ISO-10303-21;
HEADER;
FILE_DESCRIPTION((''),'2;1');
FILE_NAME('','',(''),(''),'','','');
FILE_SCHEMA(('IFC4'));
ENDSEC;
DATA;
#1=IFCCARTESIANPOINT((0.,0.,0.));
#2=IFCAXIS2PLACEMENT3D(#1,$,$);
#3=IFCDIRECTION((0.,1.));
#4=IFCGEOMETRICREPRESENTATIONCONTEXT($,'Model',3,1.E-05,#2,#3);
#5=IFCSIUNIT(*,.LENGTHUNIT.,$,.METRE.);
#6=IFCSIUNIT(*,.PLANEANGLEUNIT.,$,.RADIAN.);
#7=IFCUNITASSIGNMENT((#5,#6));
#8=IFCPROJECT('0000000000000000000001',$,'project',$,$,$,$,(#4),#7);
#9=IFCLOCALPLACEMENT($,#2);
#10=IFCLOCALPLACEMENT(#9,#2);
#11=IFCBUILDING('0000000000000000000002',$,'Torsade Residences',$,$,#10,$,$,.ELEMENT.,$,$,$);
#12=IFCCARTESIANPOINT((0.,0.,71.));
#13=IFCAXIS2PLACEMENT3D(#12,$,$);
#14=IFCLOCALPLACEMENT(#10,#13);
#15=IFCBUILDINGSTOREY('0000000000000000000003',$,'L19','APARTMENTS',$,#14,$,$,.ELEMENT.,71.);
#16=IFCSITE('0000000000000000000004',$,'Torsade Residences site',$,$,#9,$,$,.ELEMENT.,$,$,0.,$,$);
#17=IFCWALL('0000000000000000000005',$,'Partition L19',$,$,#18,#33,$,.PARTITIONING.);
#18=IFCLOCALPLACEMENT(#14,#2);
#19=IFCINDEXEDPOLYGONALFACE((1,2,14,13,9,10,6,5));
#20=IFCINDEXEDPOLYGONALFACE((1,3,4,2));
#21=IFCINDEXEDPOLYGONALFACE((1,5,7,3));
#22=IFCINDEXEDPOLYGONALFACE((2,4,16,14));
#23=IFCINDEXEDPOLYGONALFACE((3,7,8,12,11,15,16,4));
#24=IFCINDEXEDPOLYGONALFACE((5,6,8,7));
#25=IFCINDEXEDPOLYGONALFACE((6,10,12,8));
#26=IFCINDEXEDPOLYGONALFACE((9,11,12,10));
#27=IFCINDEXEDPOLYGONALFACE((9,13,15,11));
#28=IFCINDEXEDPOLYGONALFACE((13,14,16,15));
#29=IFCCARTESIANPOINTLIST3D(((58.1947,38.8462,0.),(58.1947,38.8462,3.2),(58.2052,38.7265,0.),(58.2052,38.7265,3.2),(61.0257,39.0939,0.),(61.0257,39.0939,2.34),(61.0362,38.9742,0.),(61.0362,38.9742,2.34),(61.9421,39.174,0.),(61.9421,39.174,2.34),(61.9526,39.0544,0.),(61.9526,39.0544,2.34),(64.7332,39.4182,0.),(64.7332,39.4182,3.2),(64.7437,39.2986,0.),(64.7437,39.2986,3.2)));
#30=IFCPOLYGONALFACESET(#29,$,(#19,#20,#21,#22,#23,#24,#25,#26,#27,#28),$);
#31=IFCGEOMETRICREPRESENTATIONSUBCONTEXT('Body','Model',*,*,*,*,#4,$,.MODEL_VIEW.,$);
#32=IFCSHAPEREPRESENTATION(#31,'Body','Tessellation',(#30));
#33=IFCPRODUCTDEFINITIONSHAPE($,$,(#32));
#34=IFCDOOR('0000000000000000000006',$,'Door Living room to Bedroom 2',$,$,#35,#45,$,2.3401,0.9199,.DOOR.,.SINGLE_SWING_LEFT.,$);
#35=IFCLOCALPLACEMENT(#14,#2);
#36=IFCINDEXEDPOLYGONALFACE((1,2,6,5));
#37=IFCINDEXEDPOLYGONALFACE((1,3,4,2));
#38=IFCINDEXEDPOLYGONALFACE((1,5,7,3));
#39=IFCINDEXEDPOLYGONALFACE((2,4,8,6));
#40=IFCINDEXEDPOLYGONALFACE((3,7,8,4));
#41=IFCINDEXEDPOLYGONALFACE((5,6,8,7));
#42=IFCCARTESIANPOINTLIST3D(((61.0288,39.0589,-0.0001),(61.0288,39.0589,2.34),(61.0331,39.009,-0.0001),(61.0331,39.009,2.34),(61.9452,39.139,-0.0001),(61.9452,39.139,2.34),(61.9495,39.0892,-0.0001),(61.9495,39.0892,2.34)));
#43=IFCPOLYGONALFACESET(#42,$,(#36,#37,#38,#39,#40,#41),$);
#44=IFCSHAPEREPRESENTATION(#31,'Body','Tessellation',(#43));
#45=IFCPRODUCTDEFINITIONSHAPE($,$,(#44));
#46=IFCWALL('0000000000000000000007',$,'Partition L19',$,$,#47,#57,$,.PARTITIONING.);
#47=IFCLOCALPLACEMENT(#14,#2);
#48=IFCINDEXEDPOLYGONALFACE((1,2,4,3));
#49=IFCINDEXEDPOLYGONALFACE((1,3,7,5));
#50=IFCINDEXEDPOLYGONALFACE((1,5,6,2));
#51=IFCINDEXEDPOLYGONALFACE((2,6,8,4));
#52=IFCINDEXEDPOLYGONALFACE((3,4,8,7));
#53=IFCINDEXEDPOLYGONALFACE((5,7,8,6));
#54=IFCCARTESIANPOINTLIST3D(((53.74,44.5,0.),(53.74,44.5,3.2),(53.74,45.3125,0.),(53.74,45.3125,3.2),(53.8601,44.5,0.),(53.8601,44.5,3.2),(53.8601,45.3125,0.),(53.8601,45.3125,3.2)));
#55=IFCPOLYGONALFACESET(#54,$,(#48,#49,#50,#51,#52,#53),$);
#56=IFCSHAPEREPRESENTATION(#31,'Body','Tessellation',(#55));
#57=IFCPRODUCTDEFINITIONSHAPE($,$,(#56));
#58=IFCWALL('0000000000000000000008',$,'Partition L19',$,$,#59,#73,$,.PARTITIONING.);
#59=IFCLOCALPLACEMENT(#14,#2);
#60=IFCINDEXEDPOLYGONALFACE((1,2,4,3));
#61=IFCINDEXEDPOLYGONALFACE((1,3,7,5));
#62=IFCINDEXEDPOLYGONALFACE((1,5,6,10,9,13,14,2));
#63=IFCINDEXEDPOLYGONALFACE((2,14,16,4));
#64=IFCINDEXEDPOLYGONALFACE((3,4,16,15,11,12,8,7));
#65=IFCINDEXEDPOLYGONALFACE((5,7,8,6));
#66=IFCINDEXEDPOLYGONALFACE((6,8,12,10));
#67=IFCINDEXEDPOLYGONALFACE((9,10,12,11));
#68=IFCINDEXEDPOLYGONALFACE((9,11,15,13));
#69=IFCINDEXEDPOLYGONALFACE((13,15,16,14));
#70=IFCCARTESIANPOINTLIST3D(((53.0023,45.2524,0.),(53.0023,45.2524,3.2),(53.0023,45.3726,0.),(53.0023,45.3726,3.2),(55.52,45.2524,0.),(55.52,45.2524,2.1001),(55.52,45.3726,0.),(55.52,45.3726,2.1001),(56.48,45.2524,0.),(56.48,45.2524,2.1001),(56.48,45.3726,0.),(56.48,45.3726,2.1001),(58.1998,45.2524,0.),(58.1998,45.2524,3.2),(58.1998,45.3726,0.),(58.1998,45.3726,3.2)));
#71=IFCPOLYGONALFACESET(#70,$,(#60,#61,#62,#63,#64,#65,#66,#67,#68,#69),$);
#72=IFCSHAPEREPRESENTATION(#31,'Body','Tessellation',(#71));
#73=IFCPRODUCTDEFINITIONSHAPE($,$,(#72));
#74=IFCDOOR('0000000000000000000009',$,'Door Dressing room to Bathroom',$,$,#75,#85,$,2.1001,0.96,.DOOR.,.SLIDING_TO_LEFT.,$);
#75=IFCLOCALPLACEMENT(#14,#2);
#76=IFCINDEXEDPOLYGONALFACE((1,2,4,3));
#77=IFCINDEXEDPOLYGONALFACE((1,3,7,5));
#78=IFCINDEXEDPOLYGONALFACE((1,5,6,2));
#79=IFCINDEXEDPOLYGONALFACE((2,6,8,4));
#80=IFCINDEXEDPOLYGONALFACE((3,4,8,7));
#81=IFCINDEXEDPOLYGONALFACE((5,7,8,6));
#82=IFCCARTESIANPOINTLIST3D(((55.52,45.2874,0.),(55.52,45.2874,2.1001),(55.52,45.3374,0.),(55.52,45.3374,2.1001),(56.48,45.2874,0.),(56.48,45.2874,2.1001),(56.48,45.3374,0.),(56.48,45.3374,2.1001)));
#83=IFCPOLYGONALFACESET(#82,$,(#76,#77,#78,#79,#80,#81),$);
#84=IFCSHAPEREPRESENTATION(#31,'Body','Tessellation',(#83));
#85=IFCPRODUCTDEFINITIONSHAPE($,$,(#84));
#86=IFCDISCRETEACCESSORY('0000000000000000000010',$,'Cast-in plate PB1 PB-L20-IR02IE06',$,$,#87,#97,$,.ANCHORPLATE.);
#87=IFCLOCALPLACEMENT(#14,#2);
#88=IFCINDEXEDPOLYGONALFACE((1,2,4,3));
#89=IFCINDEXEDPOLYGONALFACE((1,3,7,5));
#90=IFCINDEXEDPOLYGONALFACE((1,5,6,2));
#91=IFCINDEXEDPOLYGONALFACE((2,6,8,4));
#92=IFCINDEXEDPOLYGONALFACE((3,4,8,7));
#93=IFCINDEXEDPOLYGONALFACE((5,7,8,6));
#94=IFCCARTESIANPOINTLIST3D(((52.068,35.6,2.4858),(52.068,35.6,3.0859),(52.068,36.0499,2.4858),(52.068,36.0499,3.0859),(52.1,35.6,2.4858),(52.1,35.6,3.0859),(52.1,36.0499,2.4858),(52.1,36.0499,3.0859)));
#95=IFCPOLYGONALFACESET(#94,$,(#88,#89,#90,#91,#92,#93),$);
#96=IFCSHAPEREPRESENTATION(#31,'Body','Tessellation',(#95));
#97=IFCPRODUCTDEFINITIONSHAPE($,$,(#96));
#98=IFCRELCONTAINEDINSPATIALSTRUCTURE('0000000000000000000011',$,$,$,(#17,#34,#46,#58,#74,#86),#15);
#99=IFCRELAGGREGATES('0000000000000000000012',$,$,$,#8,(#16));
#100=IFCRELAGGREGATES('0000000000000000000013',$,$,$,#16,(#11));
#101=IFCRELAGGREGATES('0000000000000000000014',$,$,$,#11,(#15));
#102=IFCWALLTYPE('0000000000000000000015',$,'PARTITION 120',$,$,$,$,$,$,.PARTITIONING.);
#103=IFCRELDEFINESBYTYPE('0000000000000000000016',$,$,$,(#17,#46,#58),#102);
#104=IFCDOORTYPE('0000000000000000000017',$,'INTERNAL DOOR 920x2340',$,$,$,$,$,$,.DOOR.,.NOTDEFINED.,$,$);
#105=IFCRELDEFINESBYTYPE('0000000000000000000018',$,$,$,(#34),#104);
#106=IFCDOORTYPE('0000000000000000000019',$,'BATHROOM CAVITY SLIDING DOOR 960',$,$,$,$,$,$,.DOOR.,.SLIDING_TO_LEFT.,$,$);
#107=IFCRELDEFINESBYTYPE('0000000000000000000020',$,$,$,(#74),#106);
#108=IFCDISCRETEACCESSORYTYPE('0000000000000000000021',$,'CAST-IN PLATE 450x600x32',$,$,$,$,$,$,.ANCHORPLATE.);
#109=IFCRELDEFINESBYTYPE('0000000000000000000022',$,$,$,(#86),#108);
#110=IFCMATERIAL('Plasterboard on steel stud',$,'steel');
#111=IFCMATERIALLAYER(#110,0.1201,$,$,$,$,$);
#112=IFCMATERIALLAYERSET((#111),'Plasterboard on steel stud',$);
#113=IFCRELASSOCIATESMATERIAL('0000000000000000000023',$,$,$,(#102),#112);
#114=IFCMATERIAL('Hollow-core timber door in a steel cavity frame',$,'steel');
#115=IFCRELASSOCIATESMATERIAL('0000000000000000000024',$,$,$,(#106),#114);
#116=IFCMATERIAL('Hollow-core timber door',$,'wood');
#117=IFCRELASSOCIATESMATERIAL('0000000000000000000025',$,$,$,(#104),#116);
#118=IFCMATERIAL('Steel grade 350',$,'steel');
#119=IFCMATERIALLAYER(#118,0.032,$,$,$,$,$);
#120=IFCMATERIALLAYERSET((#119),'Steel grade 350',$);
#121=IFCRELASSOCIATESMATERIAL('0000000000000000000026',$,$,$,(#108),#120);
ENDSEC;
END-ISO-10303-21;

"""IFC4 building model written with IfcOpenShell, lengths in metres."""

from ifc_helpers import new_model, si_unit, direction, frame, frame_2d, origin, origin_2d, place, context, subcontext, project, spatial, rectangle, extrude, material, layer, layer_set, type_object, element, fill, save


model = new_model("IFC4")

# Units and contexts
model_context = context("Model", 3, precision=1e-05, world=origin(), true_north=direction((0.0, 1.0)))
body_context = subcontext(model_context, "Body", "Model", "MODEL_VIEW")
ifc_project = project(units=[si_unit("LENGTHUNIT", "METRE"), si_unit("PLANEANGLEUNIT", "RADIAN")], contexts=[model_context])

# Site, building, storey
site_placement = place(None, origin())
site = spatial("IfcSite", under=ifc_project, at=site_placement, Name="Torsade Residences site", CompositionType="ELEMENT", RefElevation=0.0)
building_placement = place(site_placement, origin())
building = spatial("IfcBuilding", under=site, at=building_placement, Name="Torsade Residences", CompositionType="ELEMENT")
storey_placement = place(building_placement, frame((0.0, 0.0, 71.0)))
storey = spatial("IfcBuildingStorey", under=building, at=storey_placement, Name="L19", Description="APARTMENTS", CompositionType="ELEMENT", Elevation=71.0)

# Wall, opening, door
ifc_material_1 = material(Name="Plasterboard on steel stud", Category="steel")
ifc_layer_1 = layer(ifc_material_1, 0.1201)
ifc_layer_set_1 = layer_set([ifc_layer_1], Name="Plasterboard on steel stud")
wall_type_1 = type_object("IfcWallType", Name="PARTITION 120", PredefinedType="PARTITIONING", material=ifc_layer_set_1)
ifc_material_2 = material(Name="Hollow-core timber door in a steel cavity frame", Category="steel")
door_type_1 = type_object("IfcDoorType", Name="BATHROOM CAVITY SLIDING DOOR 960", OperationType="SLIDING_TO_LEFT", PredefinedType="DOOR", material=ifc_material_2)
wall_1_placement = place(storey_placement, frame((58.2, 38.7864, 0.0), z_axis=(0.0, 0.0, 1.0), x_axis=(0.996195, 0.087151, 0.0)))
wall_1 = element("IfcWall", 1, at=wall_1_placement, inside=storey, type_object=wall_type_1, Name="Partition L19", PredefinedType="PARTITIONING", context=body_context, shape_type="SweptSolid", body=[
    extrude(rectangle(XDim=6.5635, YDim=0.1201, at=frame_2d((3.2817, 0.0))), origin(), (0.0, 0.0, 1.0), 3.2),
])
opening_1_placement = place(wall_1_placement, frame((2.8418, 0.0, 0.0)))
opening_1 = element("IfcOpeningElement", 2, at=opening_1_placement, cuts=wall_1, PredefinedType="OPENING", context=body_context, shape_type="SweptSolid", body=[
    extrude(rectangle(XDim=0.9199, YDim=2.3401, at=frame_2d((0.46, 1.1699))), frame((0.0, 0.0701, 0.0), z_axis=(0.0, -1.0, 0.0), x_axis=(1.0, 0.0, 0.0)), (0.0, 0.0, 1.0), 0.1401),
])
ifc_material_3 = material(Name="Hollow-core timber door", Category="wood")
door_type_2 = type_object("IfcDoorType", Name="INTERNAL DOOR 920x2340", OperationType="NOTDEFINED", PredefinedType="DOOR", material=ifc_material_3)
door_1_placement = place(opening_1_placement, origin())
door_1 = element("IfcDoor", 3, at=door_1_placement, inside=storey, type_object=door_type_2, Name="Door Living room to Bedroom 2", OperationType="SINGLE_SWING_LEFT", OverallHeight=2.3401, OverallWidth=0.9199, PredefinedType="DOOR", context=body_context, shape_type="SweptSolid", body=[
    extrude(rectangle(XDim=0.9199, YDim=2.3401, at=frame_2d((0.46, 1.1699))), frame((0.0, 0.0249, 0.0), z_axis=(0.0, -1.0, 0.0), x_axis=(1.0, 0.0, 0.0)), (0.0, 0.0, 1.0), 0.05),
])
fill(opening_1, door_1)

# Wall
wall_2_placement = place(storey_placement, frame((53.8, 45.3125, 0.0), z_axis=(0.0, 0.0, 1.0), x_axis=(0.0, -1.0, 0.0)))
element("IfcWall", 4, at=wall_2_placement, inside=storey, type_object=wall_type_1, Name="Partition L19", PredefinedType="PARTITIONING", context=body_context, shape_type="SweptSolid", body=[
    extrude(rectangle(XDim=0.8125, YDim=0.1201, at=frame_2d((0.4062, 0.0))), origin(), (0.0, 0.0, 1.0), 3.2),
])

# Wall, opening, door
wall_3_placement = place(storey_placement, frame((53.0024, 45.3125, 0.0), z_axis=(0.0, 0.0, 1.0), x_axis=(1.0, 0.0, 0.0)))
wall_3 = element("IfcWall", 5, at=wall_3_placement, inside=storey, type_object=wall_type_1, Name="Partition L19", PredefinedType="PARTITIONING", context=body_context, shape_type="SweptSolid", body=[
    extrude(rectangle(XDim=5.1975, YDim=0.1201, at=frame_2d((2.5986, 0.0))), origin(), (0.0, 0.0, 1.0), 3.2),
])
opening_2_placement = place(wall_3_placement, frame((2.5176, 0.0, 0.0)))
opening_2 = element("IfcOpeningElement", 6, at=opening_2_placement, cuts=wall_3, PredefinedType="OPENING", context=body_context, shape_type="SweptSolid", body=[
    extrude(rectangle(XDim=0.96, YDim=2.1001, at=frame_2d((0.48, 1.05))), frame((0.0, 0.0701, 0.0), z_axis=(0.0, -1.0, 0.0), x_axis=(1.0, 0.0, 0.0)), (0.0, 0.0, 1.0), 0.1401),
])
door_2_placement = place(opening_2_placement, origin())
door_2 = element("IfcDoor", 7, at=door_2_placement, inside=storey, type_object=door_type_1, Name="Door Dressing room to Bathroom", OperationType="SLIDING_TO_LEFT", OverallHeight=2.1001, OverallWidth=0.96, PredefinedType="DOOR", context=body_context, shape_type="SweptSolid", body=[
    extrude(rectangle(XDim=0.96, YDim=2.1001, at=frame_2d((0.48, 1.05))), frame((0.0, 0.0249, 0.0), z_axis=(0.0, -1.0, 0.0), x_axis=(1.0, 0.0, 0.0)), (0.0, 0.0, 1.0), 0.05),
])
fill(opening_2, door_2)

# Discrete accessory
ifc_material_4 = material(Name="Steel grade 350", Category="steel")
ifc_layer_2 = layer(ifc_material_4, 0.032)
ifc_layer_set_2 = layer_set([ifc_layer_2], Name="Steel grade 350")
discrete_accessory_type = type_object("IfcDiscreteAccessoryType", Name="CAST-IN PLATE 450x600x32", PredefinedType="ANCHORPLATE", material=ifc_layer_set_2)
discrete_accessory_placement = place(storey_placement, frame((52.084, 35.825, 2.4858), z_axis=(0.0, 0.0, 1.0), x_axis=(1.0, 0.0, 0.0)))
element("IfcDiscreteAccessory", 8, at=discrete_accessory_placement, inside=storey, type_object=discrete_accessory_type, Name="Cast-in plate PB1 PB-L20-IR02IE06", PredefinedType="ANCHORPLATE", context=body_context, shape_type="SweptSolid", body=[
    extrude(rectangle(XDim=0.032, YDim=0.45, at=origin_2d()), origin(), (0.0, 0.0, 1.0), 0.6001),
])

save(model, "model.ifc")
